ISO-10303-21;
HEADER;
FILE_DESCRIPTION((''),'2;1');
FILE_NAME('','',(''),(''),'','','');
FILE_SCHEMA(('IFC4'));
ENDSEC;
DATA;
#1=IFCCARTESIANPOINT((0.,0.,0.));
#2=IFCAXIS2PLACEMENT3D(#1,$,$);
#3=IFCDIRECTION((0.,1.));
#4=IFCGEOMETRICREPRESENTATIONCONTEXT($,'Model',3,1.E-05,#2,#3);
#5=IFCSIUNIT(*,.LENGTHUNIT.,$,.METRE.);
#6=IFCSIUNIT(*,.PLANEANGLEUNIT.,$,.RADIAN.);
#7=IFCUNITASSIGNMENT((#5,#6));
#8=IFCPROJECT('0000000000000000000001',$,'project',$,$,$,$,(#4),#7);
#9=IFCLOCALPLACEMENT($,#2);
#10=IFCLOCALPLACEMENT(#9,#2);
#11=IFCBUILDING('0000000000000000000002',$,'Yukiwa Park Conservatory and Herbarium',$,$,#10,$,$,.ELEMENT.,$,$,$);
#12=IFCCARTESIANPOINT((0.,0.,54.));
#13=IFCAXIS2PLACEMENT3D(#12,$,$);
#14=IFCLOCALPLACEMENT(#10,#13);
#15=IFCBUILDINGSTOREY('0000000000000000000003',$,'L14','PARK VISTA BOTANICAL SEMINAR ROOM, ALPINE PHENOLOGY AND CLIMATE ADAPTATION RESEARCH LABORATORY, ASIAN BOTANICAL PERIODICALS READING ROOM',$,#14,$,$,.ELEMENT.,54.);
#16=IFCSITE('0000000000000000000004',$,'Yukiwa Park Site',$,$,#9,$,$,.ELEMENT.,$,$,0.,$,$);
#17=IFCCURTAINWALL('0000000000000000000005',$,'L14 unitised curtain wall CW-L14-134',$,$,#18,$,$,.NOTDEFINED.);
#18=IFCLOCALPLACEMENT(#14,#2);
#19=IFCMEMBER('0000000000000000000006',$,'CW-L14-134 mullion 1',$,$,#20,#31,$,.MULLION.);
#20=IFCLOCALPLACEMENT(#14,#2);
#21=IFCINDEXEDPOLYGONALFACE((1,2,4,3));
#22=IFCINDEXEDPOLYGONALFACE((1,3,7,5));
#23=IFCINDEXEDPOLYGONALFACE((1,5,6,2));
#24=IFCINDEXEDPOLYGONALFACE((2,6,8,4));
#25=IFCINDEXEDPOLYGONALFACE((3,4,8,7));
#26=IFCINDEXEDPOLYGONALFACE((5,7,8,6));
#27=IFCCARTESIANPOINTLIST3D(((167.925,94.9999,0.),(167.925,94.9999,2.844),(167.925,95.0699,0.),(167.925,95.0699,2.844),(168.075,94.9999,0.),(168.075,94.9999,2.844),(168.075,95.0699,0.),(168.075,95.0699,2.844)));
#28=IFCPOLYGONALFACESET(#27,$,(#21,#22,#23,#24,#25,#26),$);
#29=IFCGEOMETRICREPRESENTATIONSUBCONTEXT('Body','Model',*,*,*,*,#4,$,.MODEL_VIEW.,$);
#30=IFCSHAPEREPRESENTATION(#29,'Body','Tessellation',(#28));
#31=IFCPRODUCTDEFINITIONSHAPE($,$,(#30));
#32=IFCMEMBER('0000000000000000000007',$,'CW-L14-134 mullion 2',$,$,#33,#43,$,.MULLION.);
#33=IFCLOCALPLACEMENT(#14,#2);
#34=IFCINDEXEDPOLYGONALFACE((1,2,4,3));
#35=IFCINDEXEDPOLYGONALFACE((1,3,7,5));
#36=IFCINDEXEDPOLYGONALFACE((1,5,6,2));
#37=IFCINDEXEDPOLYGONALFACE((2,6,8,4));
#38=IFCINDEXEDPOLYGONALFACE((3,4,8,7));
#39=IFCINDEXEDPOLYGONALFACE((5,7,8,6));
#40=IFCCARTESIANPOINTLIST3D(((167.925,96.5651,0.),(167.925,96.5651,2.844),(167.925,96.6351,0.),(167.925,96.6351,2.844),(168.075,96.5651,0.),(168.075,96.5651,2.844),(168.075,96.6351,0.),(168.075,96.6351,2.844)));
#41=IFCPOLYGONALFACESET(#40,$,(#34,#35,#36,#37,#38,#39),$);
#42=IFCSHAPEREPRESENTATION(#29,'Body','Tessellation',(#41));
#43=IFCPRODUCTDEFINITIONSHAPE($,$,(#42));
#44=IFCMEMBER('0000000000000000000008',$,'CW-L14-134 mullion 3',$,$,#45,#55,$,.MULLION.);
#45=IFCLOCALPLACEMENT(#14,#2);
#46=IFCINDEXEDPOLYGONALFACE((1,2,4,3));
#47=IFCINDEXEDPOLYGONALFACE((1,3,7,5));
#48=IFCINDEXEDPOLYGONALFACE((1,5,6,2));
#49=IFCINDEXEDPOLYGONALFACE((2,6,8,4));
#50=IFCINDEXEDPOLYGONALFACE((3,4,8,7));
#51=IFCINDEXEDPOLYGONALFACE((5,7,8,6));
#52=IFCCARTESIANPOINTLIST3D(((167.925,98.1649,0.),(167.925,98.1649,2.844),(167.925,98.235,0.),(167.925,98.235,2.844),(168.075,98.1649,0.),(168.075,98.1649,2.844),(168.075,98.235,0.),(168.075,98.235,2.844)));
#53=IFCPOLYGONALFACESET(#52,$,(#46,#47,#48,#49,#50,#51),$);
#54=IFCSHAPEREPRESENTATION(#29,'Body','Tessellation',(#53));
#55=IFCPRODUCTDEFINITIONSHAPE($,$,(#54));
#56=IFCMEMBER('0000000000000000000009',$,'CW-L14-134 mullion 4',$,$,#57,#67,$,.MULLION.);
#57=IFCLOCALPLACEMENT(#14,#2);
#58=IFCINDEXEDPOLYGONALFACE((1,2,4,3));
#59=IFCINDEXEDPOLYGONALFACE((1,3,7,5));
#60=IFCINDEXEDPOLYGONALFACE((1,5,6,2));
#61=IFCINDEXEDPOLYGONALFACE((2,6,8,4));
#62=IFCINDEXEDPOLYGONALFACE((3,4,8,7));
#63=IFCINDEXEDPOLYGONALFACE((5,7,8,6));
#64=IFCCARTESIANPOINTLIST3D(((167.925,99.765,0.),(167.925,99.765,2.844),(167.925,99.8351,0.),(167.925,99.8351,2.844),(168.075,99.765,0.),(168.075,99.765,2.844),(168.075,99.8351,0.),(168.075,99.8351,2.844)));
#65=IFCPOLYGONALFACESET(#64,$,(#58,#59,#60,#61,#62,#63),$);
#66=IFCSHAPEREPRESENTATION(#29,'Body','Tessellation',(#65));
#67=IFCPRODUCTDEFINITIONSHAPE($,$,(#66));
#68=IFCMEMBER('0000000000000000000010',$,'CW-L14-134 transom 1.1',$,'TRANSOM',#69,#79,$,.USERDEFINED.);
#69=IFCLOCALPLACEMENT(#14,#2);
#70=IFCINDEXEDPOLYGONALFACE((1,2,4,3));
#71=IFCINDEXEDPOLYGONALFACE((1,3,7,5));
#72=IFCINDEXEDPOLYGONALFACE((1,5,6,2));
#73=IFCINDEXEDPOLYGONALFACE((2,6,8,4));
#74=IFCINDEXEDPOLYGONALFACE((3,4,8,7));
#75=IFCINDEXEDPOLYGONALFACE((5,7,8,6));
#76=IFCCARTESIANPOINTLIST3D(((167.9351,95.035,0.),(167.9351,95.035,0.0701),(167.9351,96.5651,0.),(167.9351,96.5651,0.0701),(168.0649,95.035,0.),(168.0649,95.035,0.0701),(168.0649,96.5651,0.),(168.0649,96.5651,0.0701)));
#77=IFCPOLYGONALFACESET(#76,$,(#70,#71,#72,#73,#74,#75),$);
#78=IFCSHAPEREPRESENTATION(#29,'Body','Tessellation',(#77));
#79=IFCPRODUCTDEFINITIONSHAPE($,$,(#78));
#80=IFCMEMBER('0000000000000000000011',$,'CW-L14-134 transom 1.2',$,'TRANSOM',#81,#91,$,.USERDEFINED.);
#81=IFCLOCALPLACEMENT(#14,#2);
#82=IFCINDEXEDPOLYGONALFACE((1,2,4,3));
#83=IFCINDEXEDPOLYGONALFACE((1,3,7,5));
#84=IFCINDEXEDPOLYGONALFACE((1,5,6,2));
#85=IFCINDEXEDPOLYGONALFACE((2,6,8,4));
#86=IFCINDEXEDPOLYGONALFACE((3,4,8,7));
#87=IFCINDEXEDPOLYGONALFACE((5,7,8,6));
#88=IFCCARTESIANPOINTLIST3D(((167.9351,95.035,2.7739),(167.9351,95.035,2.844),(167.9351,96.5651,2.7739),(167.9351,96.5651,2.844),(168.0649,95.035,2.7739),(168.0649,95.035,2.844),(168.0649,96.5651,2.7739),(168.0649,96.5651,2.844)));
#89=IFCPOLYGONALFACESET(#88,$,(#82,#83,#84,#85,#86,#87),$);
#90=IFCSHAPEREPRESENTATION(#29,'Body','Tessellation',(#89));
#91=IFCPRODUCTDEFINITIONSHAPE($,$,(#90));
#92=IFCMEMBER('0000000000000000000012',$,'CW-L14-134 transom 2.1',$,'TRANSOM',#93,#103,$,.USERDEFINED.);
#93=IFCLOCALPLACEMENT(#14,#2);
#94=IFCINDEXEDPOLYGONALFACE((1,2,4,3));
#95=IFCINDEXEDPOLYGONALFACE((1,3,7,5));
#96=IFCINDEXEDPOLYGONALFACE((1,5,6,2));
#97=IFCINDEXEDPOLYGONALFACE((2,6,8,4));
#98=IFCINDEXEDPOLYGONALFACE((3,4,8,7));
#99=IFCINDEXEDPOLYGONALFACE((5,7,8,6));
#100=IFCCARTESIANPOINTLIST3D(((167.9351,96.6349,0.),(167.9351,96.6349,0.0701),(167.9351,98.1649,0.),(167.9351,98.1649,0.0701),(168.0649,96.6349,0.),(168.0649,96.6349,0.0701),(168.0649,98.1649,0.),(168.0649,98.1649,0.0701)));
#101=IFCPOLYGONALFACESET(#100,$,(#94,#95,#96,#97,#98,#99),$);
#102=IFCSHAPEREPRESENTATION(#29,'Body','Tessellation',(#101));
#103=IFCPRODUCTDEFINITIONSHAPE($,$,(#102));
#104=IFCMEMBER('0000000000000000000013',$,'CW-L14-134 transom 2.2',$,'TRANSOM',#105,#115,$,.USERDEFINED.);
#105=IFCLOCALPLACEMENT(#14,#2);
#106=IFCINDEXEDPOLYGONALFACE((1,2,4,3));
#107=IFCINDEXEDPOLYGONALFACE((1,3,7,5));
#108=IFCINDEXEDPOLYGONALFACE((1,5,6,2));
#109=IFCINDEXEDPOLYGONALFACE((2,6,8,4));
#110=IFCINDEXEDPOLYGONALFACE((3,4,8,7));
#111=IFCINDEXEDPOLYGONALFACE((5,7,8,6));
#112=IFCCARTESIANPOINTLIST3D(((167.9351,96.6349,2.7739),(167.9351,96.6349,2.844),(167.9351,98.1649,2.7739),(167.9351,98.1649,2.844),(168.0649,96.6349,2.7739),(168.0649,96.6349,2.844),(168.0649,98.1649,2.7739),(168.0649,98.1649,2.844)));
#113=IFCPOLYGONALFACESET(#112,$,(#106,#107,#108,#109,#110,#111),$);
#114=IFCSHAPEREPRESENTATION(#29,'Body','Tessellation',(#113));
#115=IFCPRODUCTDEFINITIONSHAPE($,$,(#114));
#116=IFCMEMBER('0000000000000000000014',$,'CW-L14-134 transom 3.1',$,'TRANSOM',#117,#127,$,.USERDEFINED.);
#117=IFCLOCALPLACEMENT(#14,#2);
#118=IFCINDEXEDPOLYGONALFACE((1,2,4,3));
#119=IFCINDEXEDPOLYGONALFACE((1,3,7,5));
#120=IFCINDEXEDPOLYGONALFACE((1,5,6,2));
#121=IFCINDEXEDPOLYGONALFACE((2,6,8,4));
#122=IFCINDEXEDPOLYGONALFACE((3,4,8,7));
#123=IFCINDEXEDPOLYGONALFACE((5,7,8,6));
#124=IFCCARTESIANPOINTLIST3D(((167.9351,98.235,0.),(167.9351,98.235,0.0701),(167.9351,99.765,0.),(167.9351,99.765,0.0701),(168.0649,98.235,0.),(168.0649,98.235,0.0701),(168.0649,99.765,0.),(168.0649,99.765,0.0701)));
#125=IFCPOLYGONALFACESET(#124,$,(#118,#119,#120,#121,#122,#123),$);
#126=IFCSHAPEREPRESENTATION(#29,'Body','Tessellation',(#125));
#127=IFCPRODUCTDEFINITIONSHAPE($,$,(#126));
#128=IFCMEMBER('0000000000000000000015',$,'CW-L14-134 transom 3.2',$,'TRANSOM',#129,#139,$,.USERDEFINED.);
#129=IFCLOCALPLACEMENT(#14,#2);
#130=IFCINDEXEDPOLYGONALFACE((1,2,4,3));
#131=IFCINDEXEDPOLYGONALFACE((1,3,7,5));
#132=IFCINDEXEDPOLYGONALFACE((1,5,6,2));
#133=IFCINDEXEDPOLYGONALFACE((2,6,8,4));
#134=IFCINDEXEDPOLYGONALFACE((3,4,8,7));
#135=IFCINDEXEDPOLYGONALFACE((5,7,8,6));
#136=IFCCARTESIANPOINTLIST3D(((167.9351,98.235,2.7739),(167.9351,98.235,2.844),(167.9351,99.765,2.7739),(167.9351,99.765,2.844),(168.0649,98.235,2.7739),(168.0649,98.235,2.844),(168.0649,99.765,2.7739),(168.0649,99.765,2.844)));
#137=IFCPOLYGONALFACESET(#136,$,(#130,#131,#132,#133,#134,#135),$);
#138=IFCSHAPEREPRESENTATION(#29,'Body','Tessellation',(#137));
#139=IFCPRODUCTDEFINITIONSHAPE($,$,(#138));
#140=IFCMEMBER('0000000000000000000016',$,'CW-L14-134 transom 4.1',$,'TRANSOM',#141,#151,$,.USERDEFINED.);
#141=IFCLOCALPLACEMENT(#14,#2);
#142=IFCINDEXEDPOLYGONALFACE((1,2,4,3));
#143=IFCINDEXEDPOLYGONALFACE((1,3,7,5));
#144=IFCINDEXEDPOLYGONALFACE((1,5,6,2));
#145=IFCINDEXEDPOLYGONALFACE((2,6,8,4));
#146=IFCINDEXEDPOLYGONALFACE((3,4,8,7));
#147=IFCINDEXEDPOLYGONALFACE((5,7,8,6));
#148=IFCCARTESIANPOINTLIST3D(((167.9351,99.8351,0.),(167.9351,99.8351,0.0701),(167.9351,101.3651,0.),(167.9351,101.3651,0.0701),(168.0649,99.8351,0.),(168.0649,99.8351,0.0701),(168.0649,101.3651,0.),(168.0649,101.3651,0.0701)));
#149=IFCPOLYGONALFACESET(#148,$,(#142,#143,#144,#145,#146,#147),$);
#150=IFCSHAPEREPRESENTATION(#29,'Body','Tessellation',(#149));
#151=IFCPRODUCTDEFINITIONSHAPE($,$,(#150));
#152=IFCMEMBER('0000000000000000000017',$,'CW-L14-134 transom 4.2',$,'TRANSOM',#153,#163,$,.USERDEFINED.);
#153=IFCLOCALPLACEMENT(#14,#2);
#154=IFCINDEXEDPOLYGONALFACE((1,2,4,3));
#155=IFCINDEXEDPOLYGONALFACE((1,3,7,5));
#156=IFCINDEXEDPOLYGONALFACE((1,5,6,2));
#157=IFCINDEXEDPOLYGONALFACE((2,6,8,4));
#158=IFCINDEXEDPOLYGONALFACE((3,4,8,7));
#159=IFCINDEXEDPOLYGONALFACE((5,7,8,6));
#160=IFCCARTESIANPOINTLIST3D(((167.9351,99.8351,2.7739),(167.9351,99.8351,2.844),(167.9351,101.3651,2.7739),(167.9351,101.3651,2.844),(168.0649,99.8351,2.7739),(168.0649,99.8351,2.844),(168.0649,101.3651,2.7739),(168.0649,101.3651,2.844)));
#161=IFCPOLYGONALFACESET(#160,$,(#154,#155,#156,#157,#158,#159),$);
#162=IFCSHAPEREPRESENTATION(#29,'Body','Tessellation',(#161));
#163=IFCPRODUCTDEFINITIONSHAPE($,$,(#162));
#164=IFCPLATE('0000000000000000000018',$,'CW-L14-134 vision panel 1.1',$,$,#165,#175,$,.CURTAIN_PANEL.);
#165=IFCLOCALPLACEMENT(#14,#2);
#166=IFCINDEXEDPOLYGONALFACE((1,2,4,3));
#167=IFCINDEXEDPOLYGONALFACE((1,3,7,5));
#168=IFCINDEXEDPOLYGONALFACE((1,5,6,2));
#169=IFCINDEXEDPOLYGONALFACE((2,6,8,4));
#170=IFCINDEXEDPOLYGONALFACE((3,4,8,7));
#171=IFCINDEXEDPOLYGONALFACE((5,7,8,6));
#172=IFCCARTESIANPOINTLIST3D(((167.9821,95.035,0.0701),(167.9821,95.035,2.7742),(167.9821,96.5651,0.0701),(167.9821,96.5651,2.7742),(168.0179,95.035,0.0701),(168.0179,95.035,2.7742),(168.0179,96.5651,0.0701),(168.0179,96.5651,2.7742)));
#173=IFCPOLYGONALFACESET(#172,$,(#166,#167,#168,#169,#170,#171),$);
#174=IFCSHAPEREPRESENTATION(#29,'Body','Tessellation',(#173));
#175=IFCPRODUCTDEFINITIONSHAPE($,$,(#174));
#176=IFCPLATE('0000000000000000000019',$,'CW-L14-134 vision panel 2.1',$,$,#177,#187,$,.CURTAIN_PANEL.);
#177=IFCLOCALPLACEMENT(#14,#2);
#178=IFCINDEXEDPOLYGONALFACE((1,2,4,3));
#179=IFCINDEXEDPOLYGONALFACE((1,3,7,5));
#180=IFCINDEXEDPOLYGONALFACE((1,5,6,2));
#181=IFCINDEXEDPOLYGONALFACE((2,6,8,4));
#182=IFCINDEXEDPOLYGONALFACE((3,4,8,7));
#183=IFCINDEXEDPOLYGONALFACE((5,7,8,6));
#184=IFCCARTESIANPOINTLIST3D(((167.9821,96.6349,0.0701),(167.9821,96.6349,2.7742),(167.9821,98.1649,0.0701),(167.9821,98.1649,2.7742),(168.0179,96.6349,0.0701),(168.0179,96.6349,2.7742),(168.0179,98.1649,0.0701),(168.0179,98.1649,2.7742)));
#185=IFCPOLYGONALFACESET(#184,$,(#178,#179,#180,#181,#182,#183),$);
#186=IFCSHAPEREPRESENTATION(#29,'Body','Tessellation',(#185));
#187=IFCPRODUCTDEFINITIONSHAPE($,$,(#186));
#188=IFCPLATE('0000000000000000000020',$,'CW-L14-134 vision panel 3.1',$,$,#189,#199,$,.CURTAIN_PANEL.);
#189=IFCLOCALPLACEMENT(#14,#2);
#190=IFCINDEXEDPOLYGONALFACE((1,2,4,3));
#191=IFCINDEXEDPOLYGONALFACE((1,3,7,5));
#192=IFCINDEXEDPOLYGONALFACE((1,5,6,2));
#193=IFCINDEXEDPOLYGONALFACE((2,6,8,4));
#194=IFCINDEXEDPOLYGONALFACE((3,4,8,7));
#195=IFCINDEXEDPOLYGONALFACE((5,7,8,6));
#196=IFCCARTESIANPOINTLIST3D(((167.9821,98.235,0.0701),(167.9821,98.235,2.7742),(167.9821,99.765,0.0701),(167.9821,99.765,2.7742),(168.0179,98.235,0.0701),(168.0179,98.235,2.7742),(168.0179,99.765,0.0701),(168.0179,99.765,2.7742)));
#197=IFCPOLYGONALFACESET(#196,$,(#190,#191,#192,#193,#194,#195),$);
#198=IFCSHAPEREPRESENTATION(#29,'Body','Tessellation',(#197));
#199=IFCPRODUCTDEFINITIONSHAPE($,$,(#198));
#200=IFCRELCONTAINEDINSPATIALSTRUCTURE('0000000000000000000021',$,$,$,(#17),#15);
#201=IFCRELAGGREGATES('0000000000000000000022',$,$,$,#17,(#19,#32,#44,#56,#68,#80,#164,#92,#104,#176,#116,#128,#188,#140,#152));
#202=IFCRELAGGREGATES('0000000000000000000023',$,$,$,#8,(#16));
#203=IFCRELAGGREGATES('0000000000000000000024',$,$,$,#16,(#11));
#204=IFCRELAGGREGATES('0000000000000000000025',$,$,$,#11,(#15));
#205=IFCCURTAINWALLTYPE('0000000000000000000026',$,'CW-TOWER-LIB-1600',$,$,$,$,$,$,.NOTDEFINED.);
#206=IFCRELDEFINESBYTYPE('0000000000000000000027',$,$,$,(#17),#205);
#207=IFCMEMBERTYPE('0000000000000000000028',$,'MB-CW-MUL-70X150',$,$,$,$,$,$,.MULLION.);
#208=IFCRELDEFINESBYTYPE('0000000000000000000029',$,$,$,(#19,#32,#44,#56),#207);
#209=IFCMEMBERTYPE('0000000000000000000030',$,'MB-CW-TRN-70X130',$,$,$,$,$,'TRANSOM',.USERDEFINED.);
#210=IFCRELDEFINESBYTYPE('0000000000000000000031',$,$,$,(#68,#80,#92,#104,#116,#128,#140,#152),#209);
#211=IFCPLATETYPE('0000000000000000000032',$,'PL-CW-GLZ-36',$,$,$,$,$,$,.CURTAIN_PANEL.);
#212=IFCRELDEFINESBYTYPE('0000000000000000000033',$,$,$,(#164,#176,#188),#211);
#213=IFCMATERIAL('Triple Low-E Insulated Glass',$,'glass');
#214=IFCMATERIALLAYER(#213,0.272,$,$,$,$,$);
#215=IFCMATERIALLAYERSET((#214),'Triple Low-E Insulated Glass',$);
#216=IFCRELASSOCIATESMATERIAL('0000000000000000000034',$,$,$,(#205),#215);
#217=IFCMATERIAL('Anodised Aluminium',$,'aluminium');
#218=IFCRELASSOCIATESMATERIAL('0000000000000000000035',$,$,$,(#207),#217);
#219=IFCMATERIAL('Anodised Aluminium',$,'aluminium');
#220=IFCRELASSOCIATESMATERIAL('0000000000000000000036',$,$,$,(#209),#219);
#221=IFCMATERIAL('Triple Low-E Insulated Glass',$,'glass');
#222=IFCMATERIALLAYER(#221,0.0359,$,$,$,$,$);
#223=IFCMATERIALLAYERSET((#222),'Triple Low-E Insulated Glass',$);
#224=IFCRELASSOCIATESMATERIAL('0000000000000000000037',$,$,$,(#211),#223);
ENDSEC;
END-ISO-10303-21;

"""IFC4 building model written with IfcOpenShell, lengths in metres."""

from ifc_helpers import new_model, si_unit, direction, frame, origin, origin_2d, place, context, subcontext, project, spatial, rectangle, extrude, material, layer, layer_set, type_object, element, aggregate, save


model = new_model("IFC4")

# Units and contexts
model_context = context("Model", 3, precision=1e-05, world=origin(), true_north=direction((0.0, 1.0)))
body_context = subcontext(model_context, "Body", "Model", "MODEL_VIEW")
ifc_project = project(units=[si_unit("LENGTHUNIT", "METRE"), si_unit("PLANEANGLEUNIT", "RADIAN")], contexts=[model_context])

# Site, building, storey
site_placement = place(None, origin())
site = spatial("IfcSite", under=ifc_project, at=site_placement, Name="Yukiwa Park Site", CompositionType="ELEMENT", RefElevation=0.0)
building_placement = place(site_placement, origin())
building = spatial("IfcBuilding", under=site, at=building_placement, Name="Yukiwa Park Conservatory and Herbarium", CompositionType="ELEMENT")
storey_placement = place(building_placement, frame((0.0, 0.0, 54.0)))
storey = spatial("IfcBuildingStorey", under=building, at=storey_placement, Name="L14", Description="PARK VISTA BOTANICAL SEMINAR ROOM, ALPINE PHENOLOGY AND CLIMATE ADAPTATION RESEARCH LABORATORY, ASIAN BOTANICAL PERIODICALS READING ROOM", CompositionType="ELEMENT", Elevation=54.0)

# Curtain wall, members, plates
ifc_material_1 = material(Name="Triple Low-E Insulated Glass", Category="glass")
ifc_layer_1 = layer(ifc_material_1, 0.272)
ifc_layer_set_1 = layer_set([ifc_layer_1], Name="Triple Low-E Insulated Glass")
curtain_wall_type = type_object("IfcCurtainWallType", Name="CW-TOWER-LIB-1600", PredefinedType="NOTDEFINED", material=ifc_layer_set_1)
curtain_wall_placement = place(storey_placement, origin())
curtain_wall = element("IfcCurtainWall", 1, at=curtain_wall_placement, inside=storey, type_object=curtain_wall_type, Name="L14 unitised curtain wall CW-L14-134", PredefinedType="NOTDEFINED")
ifc_material_2 = material(Name="Anodised Aluminium", Category="aluminium")
member_type_1 = type_object("IfcMemberType", Name="MB-CW-MUL-70X150", PredefinedType="MULLION", material=ifc_material_2)
member_1_placement = place(storey_placement, frame((168.0, 95.0349, 0.0), z_axis=(0.0, 0.0, 1.0), x_axis=(0.0, 1.0, 0.0)))
member_1 = element("IfcMember", 2, at=member_1_placement, type_object=member_type_1, Name="CW-L14-134 mullion 1", PredefinedType="MULLION", context=body_context, shape_type="SweptSolid", body=[
    extrude(rectangle(XDim=0.0701, YDim=0.1499, at=origin_2d()), origin(), (0.0, 0.0, 1.0), 2.844),
])
member_2_placement = place(storey_placement, frame((168.0, 96.6001, 0.0), z_axis=(0.0, 0.0, 1.0), x_axis=(0.0, 1.0, 0.0)))
member_2 = element("IfcMember", 3, at=member_2_placement, type_object=member_type_1, Name="CW-L14-134 mullion 2", PredefinedType="MULLION", context=body_context, shape_type="SweptSolid", body=[
    extrude(rectangle(XDim=0.0701, YDim=0.1499, at=origin_2d()), origin(), (0.0, 0.0, 1.0), 2.844),
])
member_3_placement = place(storey_placement, frame((168.0, 98.2, 0.0), z_axis=(0.0, 0.0, 1.0), x_axis=(0.0, 1.0, 0.0)))
member_3 = element("IfcMember", 4, at=member_3_placement, type_object=member_type_1, Name="CW-L14-134 mullion 3", PredefinedType="MULLION", context=body_context, shape_type="SweptSolid", body=[
    extrude(rectangle(XDim=0.0701, YDim=0.1499, at=origin_2d()), origin(), (0.0, 0.0, 1.0), 2.844),
])
member_4_placement = place(storey_placement, frame((168.0, 99.8, 0.0), z_axis=(0.0, 0.0, 1.0), x_axis=(0.0, 1.0, 0.0)))
member_4 = element("IfcMember", 5, at=member_4_placement, type_object=member_type_1, Name="CW-L14-134 mullion 4", PredefinedType="MULLION", context=body_context, shape_type="SweptSolid", body=[
    extrude(rectangle(XDim=0.0701, YDim=0.1499, at=origin_2d()), origin(), (0.0, 0.0, 1.0), 2.844),
])
ifc_material_3 = material(Name="Anodised Aluminium", Category="aluminium")
member_type_2 = type_object("IfcMemberType", Name="MB-CW-TRN-70X130", ElementType="TRANSOM", PredefinedType="USERDEFINED", material=ifc_material_3)
member_5_placement = place(storey_placement, frame((168.0, 95.8, 0.0), z_axis=(0.0, 0.0, 1.0), x_axis=(0.0, 1.0, 0.0)))
member_5 = element("IfcMember", 6, at=member_5_placement, type_object=member_type_2, Name="CW-L14-134 transom 1.1", ObjectType="TRANSOM", PredefinedType="USERDEFINED", context=body_context, shape_type="SweptSolid", body=[
    extrude(rectangle(XDim=1.53, YDim=0.1299, at=origin_2d()), origin(), (0.0, 0.0, 1.0), 0.0701),
])
member_6_placement = place(storey_placement, frame((168.0, 95.8, 2.7739), z_axis=(0.0, 0.0, 1.0), x_axis=(0.0, 1.0, 0.0)))
member_6 = element("IfcMember", 7, at=member_6_placement, type_object=member_type_2, Name="CW-L14-134 transom 1.2", ObjectType="TRANSOM", PredefinedType="USERDEFINED", context=body_context, shape_type="SweptSolid", body=[
    extrude(rectangle(XDim=1.53, YDim=0.1299, at=origin_2d()), origin(), (0.0, 0.0, 1.0), 0.0701),
])
member_7_placement = place(storey_placement, frame((168.0, 97.3999, 0.0), z_axis=(0.0, 0.0, 1.0), x_axis=(0.0, 1.0, 0.0)))
member_7 = element("IfcMember", 8, at=member_7_placement, type_object=member_type_2, Name="CW-L14-134 transom 2.1", ObjectType="TRANSOM", PredefinedType="USERDEFINED", context=body_context, shape_type="SweptSolid", body=[
    extrude(rectangle(XDim=1.53, YDim=0.1299, at=origin_2d()), origin(), (0.0, 0.0, 1.0), 0.0701),
])
member_8_placement = place(storey_placement, frame((168.0, 97.3999, 2.7739), z_axis=(0.0, 0.0, 1.0), x_axis=(0.0, 1.0, 0.0)))
member_8 = element("IfcMember", 9, at=member_8_placement, type_object=member_type_2, Name="CW-L14-134 transom 2.2", ObjectType="TRANSOM", PredefinedType="USERDEFINED", context=body_context, shape_type="SweptSolid", body=[
    extrude(rectangle(XDim=1.53, YDim=0.1299, at=origin_2d()), origin(), (0.0, 0.0, 1.0), 0.0701),
])
member_9_placement = place(storey_placement, frame((168.0, 99.0, 0.0), z_axis=(0.0, 0.0, 1.0), x_axis=(0.0, 1.0, 0.0)))
member_9 = element("IfcMember", 10, at=member_9_placement, type_object=member_type_2, Name="CW-L14-134 transom 3.1", ObjectType="TRANSOM", PredefinedType="USERDEFINED", context=body_context, shape_type="SweptSolid", body=[
    extrude(rectangle(XDim=1.53, YDim=0.1299, at=origin_2d()), origin(), (0.0, 0.0, 1.0), 0.0701),
])
member_10_placement = place(storey_placement, frame((168.0, 99.0, 2.7739), z_axis=(0.0, 0.0, 1.0), x_axis=(0.0, 1.0, 0.0)))
member_10 = element("IfcMember", 11, at=member_10_placement, type_object=member_type_2, Name="CW-L14-134 transom 3.2", ObjectType="TRANSOM", PredefinedType="USERDEFINED", context=body_context, shape_type="SweptSolid", body=[
    extrude(rectangle(XDim=1.53, YDim=0.1299, at=origin_2d()), origin(), (0.0, 0.0, 1.0), 0.0701),
])
member_11_placement = place(storey_placement, frame((168.0, 100.6001, 0.0), z_axis=(0.0, 0.0, 1.0), x_axis=(0.0, 1.0, 0.0)))
member_11 = element("IfcMember", 12, at=member_11_placement, type_object=member_type_2, Name="CW-L14-134 transom 4.1", ObjectType="TRANSOM", PredefinedType="USERDEFINED", context=body_context, shape_type="SweptSolid", body=[
    extrude(rectangle(XDim=1.53, YDim=0.1299, at=origin_2d()), origin(), (0.0, 0.0, 1.0), 0.0701),
])
member_12_placement = place(storey_placement, frame((168.0, 100.6001, 2.7739), z_axis=(0.0, 0.0, 1.0), x_axis=(0.0, 1.0, 0.0)))
member_12 = element("IfcMember", 13, at=member_12_placement, type_object=member_type_2, Name="CW-L14-134 transom 4.2", ObjectType="TRANSOM", PredefinedType="USERDEFINED", context=body_context, shape_type="SweptSolid", body=[
    extrude(rectangle(XDim=1.53, YDim=0.1299, at=origin_2d()), origin(), (0.0, 0.0, 1.0), 0.0701),
])
ifc_material_4 = material(Name="Triple Low-E Insulated Glass", Category="glass")
ifc_layer_2 = layer(ifc_material_4, 0.0359)
ifc_layer_set_2 = layer_set([ifc_layer_2], Name="Triple Low-E Insulated Glass")
plate_type_1 = type_object("IfcPlateType", Name="PL-CW-GLZ-36", PredefinedType="CURTAIN_PANEL", material=ifc_layer_set_2)
plate_1_placement = place(storey_placement, frame((168.0, 95.8, 0.0701), z_axis=(0.0, 0.0, 1.0), x_axis=(0.0, 1.0, 0.0)))
plate_1 = element("IfcPlate", 14, at=plate_1_placement, type_object=plate_type_1, Name="CW-L14-134 vision panel 1.1", PredefinedType="CURTAIN_PANEL", context=body_context, shape_type="SweptSolid", body=[
    extrude(rectangle(XDim=1.53, YDim=0.0359, at=origin_2d()), origin(), (0.0, 0.0, 1.0), 2.7041),
])
plate_2_placement = place(storey_placement, frame((168.0, 97.3999, 0.0701), z_axis=(0.0, 0.0, 1.0), x_axis=(0.0, 1.0, 0.0)))
plate_2 = element("IfcPlate", 15, at=plate_2_placement, type_object=plate_type_1, Name="CW-L14-134 vision panel 2.1", PredefinedType="CURTAIN_PANEL", context=body_context, shape_type="SweptSolid", body=[
    extrude(rectangle(XDim=1.53, YDim=0.0359, at=origin_2d()), origin(), (0.0, 0.0, 1.0), 2.7041),
])
plate_3_placement = place(storey_placement, frame((168.0, 99.0, 0.0701), z_axis=(0.0, 0.0, 1.0), x_axis=(0.0, 1.0, 0.0)))
plate_3 = element("IfcPlate", 16, at=plate_3_placement, type_object=plate_type_1, Name="CW-L14-134 vision panel 3.1", PredefinedType="CURTAIN_PANEL", context=body_context, shape_type="SweptSolid", body=[
    extrude(rectangle(XDim=1.53, YDim=0.0359, at=origin_2d()), origin(), (0.0, 0.0, 1.0), 2.7041),
])
aggregate(curtain_wall, [member_1, member_2, member_3, member_4, member_5, member_6, plate_1, member_7, member_8, plate_2, member_9, member_10, plate_3, member_11, member_12])

save(model, "model.ifc")
